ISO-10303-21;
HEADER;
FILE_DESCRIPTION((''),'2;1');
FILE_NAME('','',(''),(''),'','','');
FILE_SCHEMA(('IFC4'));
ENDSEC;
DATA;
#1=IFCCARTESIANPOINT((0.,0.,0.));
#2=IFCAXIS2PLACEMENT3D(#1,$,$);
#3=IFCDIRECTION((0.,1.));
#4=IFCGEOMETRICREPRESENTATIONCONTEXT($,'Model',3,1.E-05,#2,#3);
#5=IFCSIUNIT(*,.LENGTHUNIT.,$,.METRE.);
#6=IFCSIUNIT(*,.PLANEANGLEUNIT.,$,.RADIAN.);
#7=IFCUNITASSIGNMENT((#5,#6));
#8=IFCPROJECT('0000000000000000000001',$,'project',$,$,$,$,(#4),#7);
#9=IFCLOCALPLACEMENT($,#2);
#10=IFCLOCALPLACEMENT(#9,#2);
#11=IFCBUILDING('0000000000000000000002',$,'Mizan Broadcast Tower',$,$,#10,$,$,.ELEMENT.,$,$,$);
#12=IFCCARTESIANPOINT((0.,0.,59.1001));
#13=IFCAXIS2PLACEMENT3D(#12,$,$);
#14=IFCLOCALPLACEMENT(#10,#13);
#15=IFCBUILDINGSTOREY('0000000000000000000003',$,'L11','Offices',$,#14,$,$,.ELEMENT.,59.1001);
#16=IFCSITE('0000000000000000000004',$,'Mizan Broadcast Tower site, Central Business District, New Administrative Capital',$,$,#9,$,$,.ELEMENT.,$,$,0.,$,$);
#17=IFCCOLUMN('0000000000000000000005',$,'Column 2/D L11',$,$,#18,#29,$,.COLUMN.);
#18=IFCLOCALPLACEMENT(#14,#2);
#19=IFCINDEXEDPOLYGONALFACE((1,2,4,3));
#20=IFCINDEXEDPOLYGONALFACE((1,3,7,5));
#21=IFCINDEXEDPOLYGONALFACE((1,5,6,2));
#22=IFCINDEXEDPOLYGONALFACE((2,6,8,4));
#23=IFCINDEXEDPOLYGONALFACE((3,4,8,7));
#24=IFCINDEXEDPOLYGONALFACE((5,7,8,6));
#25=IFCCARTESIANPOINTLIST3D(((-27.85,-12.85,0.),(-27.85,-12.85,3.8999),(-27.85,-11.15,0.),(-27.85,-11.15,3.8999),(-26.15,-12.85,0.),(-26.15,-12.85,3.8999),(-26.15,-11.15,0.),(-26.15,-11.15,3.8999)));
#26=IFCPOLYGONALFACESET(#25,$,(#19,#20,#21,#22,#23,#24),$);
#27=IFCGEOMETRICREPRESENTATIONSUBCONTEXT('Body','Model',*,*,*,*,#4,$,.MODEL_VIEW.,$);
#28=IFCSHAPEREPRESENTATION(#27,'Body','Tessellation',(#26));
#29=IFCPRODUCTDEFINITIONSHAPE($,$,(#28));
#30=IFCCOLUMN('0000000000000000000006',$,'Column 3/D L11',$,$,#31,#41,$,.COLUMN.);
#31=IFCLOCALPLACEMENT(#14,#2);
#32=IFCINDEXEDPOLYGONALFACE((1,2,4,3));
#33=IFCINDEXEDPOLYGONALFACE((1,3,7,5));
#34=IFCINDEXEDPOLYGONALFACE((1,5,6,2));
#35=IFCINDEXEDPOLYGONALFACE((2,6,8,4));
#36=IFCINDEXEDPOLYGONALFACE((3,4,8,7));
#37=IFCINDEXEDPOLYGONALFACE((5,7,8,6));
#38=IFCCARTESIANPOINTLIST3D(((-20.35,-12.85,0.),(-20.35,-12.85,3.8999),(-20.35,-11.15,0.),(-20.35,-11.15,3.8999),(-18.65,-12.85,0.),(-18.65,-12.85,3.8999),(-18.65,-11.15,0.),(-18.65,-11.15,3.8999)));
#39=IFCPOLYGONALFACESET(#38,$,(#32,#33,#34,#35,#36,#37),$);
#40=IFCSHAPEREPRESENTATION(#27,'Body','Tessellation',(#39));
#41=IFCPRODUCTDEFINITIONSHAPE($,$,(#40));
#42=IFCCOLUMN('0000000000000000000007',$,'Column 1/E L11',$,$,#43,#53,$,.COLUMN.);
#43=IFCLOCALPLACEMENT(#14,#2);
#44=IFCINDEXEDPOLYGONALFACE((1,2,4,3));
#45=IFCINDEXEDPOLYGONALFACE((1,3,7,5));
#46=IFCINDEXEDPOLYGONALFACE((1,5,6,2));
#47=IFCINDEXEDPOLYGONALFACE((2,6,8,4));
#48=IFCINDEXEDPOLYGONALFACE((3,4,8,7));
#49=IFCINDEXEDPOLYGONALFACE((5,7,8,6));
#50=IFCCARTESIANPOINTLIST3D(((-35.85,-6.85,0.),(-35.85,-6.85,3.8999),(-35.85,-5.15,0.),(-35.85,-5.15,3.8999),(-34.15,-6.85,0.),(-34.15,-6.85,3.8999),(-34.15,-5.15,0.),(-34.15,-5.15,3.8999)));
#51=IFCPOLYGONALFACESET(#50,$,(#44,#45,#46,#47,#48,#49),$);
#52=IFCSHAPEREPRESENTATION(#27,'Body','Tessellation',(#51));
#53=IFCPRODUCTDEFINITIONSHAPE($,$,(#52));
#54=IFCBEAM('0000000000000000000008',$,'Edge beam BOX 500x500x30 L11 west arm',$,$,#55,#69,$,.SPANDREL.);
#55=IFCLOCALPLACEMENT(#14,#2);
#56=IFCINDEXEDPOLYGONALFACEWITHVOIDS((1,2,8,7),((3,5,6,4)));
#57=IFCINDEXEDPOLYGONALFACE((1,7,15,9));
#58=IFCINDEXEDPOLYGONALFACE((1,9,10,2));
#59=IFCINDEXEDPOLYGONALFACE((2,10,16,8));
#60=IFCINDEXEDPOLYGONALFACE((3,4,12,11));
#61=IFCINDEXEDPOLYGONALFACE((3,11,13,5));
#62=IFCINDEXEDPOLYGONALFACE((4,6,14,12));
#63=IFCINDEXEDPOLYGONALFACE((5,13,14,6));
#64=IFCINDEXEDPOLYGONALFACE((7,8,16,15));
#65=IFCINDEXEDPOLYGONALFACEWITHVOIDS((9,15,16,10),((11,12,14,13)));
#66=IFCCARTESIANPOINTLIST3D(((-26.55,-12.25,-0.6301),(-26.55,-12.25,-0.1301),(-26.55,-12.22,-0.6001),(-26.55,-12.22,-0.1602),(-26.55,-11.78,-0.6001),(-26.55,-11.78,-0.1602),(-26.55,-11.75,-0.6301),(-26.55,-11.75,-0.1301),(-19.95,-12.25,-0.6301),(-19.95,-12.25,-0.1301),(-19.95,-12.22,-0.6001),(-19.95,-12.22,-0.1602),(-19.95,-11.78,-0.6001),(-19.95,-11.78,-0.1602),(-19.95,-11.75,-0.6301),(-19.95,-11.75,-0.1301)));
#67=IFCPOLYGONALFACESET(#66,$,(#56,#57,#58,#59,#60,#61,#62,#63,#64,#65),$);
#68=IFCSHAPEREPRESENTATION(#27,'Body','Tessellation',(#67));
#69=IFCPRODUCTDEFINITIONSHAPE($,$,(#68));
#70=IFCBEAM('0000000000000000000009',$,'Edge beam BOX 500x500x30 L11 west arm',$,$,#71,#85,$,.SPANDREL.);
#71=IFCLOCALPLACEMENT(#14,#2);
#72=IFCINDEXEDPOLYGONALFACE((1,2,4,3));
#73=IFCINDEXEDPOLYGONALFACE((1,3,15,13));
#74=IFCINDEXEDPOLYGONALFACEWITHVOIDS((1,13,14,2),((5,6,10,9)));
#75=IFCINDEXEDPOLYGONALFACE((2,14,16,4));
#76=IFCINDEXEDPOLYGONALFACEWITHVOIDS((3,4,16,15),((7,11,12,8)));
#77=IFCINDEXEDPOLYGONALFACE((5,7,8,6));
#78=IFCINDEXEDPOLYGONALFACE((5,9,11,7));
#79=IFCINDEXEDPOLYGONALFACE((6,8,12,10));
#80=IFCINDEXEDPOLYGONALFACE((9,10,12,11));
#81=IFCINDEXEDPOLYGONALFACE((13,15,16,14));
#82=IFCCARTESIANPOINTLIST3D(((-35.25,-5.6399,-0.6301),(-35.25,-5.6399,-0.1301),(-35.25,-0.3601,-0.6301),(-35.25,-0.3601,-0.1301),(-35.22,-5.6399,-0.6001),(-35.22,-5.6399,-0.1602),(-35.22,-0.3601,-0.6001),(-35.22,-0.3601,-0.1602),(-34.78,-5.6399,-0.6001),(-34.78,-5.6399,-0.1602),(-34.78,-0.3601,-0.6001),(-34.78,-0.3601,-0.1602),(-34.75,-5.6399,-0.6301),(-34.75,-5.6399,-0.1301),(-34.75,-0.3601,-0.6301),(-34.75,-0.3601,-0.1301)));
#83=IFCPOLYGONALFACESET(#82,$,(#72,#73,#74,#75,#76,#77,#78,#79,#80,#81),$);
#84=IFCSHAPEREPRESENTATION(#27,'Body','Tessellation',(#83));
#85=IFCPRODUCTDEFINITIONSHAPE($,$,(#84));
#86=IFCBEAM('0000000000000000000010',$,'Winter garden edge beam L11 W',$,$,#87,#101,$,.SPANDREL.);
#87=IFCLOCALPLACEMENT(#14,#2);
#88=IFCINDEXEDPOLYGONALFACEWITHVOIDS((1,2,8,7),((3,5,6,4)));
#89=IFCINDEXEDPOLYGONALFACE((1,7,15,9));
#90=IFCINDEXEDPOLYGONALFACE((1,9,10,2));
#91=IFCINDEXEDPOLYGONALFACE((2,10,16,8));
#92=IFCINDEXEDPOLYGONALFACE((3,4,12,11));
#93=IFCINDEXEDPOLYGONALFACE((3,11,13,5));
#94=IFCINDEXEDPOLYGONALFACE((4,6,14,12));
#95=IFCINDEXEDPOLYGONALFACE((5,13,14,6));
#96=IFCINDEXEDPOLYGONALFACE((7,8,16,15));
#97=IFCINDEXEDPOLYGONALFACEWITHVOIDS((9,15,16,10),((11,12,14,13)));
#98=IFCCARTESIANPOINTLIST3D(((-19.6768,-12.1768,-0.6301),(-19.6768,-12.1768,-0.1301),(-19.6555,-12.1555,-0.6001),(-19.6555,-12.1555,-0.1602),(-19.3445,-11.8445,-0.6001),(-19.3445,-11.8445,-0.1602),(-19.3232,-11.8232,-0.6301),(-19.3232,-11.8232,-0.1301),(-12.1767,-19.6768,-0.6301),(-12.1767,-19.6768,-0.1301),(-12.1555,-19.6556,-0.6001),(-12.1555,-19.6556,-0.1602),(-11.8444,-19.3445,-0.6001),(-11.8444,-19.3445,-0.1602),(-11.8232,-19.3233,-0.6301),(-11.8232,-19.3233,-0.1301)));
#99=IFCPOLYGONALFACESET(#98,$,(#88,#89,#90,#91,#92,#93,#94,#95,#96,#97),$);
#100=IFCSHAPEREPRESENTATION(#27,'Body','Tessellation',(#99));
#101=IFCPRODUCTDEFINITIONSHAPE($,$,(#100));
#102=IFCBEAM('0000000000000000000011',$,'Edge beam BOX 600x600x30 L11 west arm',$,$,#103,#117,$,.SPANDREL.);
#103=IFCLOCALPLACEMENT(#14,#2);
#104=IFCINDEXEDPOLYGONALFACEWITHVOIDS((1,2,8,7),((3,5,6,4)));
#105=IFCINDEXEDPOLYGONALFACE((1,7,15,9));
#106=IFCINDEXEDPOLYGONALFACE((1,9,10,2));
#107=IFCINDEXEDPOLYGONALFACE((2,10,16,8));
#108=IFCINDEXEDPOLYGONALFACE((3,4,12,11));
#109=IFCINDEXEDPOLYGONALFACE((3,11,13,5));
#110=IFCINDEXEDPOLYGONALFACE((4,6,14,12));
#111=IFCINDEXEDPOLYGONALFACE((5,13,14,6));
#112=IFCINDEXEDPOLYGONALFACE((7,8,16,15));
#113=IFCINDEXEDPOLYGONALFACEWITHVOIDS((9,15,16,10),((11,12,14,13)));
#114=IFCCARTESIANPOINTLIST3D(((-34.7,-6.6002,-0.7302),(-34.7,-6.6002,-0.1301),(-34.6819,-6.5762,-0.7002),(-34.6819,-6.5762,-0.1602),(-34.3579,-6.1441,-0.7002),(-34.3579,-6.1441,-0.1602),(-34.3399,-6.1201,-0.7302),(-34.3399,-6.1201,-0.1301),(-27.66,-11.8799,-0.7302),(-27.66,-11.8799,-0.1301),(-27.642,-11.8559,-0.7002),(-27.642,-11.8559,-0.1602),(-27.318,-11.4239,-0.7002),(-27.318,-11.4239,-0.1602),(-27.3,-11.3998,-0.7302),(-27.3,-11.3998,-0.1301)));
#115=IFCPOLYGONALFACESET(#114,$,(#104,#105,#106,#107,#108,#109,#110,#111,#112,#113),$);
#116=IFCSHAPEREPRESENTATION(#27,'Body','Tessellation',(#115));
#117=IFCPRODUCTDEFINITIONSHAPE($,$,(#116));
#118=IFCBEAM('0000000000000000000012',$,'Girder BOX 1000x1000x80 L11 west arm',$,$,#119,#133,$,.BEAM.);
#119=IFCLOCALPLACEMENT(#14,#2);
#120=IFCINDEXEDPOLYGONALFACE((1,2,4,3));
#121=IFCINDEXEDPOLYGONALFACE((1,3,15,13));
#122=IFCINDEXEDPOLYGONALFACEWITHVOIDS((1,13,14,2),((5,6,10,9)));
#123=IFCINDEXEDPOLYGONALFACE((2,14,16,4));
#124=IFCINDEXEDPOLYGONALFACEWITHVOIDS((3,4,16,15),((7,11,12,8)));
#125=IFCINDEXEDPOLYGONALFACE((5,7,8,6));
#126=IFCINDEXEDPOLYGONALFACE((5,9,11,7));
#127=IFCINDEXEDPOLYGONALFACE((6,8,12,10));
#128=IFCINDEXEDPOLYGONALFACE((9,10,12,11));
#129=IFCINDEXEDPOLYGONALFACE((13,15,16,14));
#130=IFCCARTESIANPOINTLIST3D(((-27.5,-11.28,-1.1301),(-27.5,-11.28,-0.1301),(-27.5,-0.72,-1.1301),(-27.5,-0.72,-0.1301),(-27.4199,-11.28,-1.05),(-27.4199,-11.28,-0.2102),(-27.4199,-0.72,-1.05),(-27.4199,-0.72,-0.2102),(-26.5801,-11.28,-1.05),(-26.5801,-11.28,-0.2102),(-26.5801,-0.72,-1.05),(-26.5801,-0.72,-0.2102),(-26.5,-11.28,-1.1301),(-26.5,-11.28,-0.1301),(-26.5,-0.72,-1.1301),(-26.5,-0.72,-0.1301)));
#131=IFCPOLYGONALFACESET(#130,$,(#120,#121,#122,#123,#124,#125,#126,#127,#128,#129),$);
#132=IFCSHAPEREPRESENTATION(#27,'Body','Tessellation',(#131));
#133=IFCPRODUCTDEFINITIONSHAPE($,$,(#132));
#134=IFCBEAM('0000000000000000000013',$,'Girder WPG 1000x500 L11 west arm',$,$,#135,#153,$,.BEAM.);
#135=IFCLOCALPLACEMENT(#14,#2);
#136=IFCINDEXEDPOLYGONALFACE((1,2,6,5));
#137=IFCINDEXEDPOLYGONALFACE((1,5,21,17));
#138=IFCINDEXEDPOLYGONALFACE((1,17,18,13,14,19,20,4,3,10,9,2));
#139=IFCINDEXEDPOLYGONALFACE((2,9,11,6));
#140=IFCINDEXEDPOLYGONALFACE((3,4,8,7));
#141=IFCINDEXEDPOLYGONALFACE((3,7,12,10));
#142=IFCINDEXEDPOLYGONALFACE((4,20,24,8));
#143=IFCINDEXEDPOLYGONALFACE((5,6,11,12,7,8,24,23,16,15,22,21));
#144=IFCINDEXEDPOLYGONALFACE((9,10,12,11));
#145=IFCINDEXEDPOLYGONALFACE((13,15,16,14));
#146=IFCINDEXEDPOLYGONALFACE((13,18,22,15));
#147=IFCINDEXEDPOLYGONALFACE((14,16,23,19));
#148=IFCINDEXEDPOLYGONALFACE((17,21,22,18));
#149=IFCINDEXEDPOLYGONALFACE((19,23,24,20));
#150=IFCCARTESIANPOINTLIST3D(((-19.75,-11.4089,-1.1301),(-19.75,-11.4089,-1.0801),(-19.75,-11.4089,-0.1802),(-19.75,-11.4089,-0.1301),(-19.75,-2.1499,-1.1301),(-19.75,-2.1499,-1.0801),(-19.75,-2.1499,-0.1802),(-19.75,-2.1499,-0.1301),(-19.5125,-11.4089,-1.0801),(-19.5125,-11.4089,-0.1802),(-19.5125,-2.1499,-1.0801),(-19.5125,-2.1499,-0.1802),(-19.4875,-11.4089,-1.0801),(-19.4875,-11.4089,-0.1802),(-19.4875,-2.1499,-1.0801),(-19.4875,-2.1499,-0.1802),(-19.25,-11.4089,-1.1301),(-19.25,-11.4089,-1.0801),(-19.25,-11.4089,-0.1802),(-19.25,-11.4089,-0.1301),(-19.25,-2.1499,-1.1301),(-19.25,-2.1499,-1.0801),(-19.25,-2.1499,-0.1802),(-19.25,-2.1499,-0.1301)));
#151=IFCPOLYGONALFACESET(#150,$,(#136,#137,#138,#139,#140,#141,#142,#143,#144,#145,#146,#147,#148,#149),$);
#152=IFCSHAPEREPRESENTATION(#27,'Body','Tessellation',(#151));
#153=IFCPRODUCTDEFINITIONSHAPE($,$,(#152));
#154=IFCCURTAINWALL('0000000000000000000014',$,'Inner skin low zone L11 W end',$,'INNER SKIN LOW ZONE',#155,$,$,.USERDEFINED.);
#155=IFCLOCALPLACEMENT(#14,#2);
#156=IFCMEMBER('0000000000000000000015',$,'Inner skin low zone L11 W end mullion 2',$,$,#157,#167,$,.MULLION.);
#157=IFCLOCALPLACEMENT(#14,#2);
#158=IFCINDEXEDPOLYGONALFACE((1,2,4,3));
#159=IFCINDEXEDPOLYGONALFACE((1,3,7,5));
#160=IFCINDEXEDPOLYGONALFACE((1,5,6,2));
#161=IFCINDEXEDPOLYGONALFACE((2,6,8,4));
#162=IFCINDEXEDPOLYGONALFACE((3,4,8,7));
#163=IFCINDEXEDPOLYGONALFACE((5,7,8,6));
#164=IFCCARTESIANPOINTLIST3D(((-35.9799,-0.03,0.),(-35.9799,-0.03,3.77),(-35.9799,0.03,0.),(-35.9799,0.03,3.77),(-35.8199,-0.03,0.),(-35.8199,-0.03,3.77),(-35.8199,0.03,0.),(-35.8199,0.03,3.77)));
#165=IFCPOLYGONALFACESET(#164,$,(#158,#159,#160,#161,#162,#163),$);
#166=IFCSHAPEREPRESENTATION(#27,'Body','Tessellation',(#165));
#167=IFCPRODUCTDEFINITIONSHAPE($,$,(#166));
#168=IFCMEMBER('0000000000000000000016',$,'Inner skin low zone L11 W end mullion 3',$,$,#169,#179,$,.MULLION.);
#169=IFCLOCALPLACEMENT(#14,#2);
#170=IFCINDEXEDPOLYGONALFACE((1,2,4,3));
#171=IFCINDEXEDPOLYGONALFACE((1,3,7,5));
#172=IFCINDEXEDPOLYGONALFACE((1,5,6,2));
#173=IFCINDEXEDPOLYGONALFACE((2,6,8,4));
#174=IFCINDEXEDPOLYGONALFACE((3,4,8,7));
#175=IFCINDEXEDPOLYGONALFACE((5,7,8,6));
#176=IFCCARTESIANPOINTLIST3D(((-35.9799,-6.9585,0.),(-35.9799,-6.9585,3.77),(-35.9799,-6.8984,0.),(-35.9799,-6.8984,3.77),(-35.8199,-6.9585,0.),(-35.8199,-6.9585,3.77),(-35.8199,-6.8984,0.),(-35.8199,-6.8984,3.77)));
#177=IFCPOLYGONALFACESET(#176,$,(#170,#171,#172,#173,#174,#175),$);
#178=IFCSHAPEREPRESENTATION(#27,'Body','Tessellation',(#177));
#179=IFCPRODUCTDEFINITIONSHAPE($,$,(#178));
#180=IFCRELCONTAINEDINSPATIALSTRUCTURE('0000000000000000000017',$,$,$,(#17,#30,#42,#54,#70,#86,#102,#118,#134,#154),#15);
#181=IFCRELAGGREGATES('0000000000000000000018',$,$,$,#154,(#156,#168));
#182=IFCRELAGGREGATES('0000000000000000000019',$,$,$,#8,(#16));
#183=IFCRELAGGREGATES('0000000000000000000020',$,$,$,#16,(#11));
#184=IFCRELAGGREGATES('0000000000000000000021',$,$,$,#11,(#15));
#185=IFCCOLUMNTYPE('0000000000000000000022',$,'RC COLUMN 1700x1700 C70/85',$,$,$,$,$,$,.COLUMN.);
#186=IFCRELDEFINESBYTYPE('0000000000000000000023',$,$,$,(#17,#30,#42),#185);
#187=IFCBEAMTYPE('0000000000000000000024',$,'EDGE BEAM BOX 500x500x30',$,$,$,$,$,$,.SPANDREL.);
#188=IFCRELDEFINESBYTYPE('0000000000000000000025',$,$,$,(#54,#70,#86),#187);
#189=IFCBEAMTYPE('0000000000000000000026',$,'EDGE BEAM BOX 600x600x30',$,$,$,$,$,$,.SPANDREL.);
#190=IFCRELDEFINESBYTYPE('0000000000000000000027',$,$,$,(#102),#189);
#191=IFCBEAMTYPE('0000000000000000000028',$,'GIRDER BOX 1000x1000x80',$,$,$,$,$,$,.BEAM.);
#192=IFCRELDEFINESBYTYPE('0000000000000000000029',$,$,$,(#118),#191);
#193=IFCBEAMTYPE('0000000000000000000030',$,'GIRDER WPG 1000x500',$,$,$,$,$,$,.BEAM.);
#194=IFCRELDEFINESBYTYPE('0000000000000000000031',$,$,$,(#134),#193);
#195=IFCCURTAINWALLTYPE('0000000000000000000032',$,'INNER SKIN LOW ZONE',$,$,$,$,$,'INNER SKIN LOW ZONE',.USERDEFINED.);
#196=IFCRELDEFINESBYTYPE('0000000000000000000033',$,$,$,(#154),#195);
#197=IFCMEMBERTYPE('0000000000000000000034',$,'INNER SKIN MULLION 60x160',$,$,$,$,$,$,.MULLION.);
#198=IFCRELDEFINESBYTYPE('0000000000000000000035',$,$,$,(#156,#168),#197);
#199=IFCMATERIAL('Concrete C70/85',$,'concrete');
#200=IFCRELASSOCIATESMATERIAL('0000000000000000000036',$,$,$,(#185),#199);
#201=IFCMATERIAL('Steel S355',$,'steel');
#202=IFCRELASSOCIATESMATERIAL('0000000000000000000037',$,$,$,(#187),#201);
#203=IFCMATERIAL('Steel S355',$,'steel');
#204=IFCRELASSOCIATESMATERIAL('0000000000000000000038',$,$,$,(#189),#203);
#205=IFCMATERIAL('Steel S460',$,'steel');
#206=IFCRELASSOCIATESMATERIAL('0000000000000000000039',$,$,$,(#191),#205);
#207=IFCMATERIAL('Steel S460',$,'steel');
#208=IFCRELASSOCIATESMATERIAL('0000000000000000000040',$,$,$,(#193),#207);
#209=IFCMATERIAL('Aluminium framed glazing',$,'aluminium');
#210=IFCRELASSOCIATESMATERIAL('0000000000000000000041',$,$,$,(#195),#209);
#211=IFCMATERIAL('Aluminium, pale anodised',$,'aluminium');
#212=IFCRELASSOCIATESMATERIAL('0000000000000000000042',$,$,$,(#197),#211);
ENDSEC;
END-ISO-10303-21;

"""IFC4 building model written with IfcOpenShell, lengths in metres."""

from ifc_helpers import new_model, si_unit, direction, frame, origin, origin_2d, place, context, subcontext, project, spatial, rectangle, hollow_rectangle, i_section, extrude, material, material_profile, profile_set, type_object, element, aggregate, save


model = new_model("IFC4")

# Units and contexts
model_context = context("Model", 3, precision=1e-05, world=origin(), true_north=direction((0.0, 1.0)))
body_context = subcontext(model_context, "Body", "Model", "MODEL_VIEW")
ifc_project = project(units=[si_unit("LENGTHUNIT", "METRE"), si_unit("PLANEANGLEUNIT", "RADIAN")], contexts=[model_context])

# Site, building, storey
site_placement = place(None, origin())
site = spatial("IfcSite", under=ifc_project, at=site_placement, Name="Mizan Broadcast Tower site, Central Business District, New Administrative Capital", CompositionType="ELEMENT", RefElevation=0.0)
building_placement = place(site_placement, origin())
building = spatial("IfcBuilding", under=site, at=building_placement, Name="Mizan Broadcast Tower", CompositionType="ELEMENT")
storey_placement = place(building_placement, frame((0.0, 0.0, 59.1001)))
storey = spatial("IfcBuildingStorey", under=building, at=storey_placement, Name="L11", Description="Offices", CompositionType="ELEMENT", Elevation=59.1001)

# Columns
ifc_material_1 = material(Name="Concrete C70/85", Category="concrete")
ifc_material_profile_1 = material_profile(ifc_material_1, rectangle(XDim=1.7, YDim=1.7, at=origin_2d()), Name="RC 1700x1700")
ifc_profile_set_1 = profile_set([ifc_material_profile_1], Name="Concrete C70/85")
column_type = type_object("IfcColumnType", Name="RC COLUMN 1700x1700 C70/85", PredefinedType="COLUMN", material=ifc_profile_set_1)
for number, where, z_axis, x_axis, name in (
    (1, (-27.0, -12.0, 0.0), (0.0, 0.0, 1.0), (1.0, 0.0, 0.0), "Column 2/D L11"),
    (2, (-19.5, -12.0, 0.0), (0.0, 0.0, 1.0), (1.0, 0.0, 0.0), "Column 3/D L11"),
    (3, (-35.0, -6.0, 0.0), (0.0, 0.0, 1.0), (1.0, 0.0, 0.0), "Column 1/E L11"),
):
    element("IfcColumn", number, at=place(storey_placement, frame(where, z_axis=z_axis, x_axis=x_axis)), inside=storey, type_object=column_type, Name=name, PredefinedType="COLUMN", context=body_context, shape_type="SweptSolid", body=[
        extrude(rectangle(XDim=1.7, YDim=1.7, at=origin_2d()), origin(), (0.0, 0.0, 1.0), 3.8999),
    ])

# Beams
ifc_material_2 = material(Name="Steel S355", Category="steel")
ifc_material_profile_2 = material_profile(ifc_material_2, hollow_rectangle(XDim=0.5, YDim=0.5, WallThickness=0.03, at=origin_2d()), Name="BOX 500x500x30")
ifc_profile_set_2 = profile_set([ifc_material_profile_2], Name="Steel S355")
beam_type_1 = type_object("IfcBeamType", Name="EDGE BEAM BOX 500x500x30", PredefinedType="SPANDREL", material=ifc_profile_set_2)
beam_1_placement = place(storey_placement, frame((-19.95, -12.0, -0.3801), z_axis=(-1.0, 0.0, 0.0), x_axis=(0.0, -1.0, 0.0)))
element("IfcBeam", 4, at=beam_1_placement, inside=storey, type_object=beam_type_1, Name="Edge beam BOX 500x500x30 L11 west arm", PredefinedType="SPANDREL", context=body_context, shape_type="SweptSolid", body=[
    extrude(hollow_rectangle(XDim=0.5, YDim=0.5, WallThickness=0.03, at=origin_2d()), origin(), (0.0, 0.0, 1.0), 6.6001),
])
beam_2_placement = place(storey_placement, frame((-35.0, -5.6399, -0.3801), z_axis=(0.0, 1.0, 0.0), x_axis=(-1.0, 0.0, 0.0)))
element("IfcBeam", 5, at=beam_2_placement, inside=storey, type_object=beam_type_1, Name="Edge beam BOX 500x500x30 L11 west arm", PredefinedType="SPANDREL", context=body_context, shape_type="SweptSolid", body=[
    extrude(hollow_rectangle(XDim=0.5, YDim=0.5, WallThickness=0.03, at=origin_2d()), origin(), (0.0, 0.0, 1.0), 5.2798),
])
beam_3_placement = place(storey_placement, frame((-19.5, -12.0, -0.3801), z_axis=(0.707107, -0.707107, 0.0), x_axis=(0.707107, 0.707107, 0.0)))
element("IfcBeam", 6, at=beam_3_placement, inside=storey, type_object=beam_type_1, Name="Winter garden edge beam L11 W", PredefinedType="SPANDREL", context=body_context, shape_type="SweptSolid", body=[
    extrude(hollow_rectangle(XDim=0.5, YDim=0.5, WallThickness=0.03, at=origin_2d()), origin(), (0.0, 0.0, 1.0), 10.6067),
])
ifc_material_3 = material(Name="Steel S355", Category="steel")
ifc_material_profile_3 = material_profile(ifc_material_3, hollow_rectangle(XDim=0.6001, YDim=0.6001, WallThickness=0.03, at=origin_2d()), Name="BOX 600x600x30")
ifc_profile_set_3 = profile_set([ifc_material_profile_3], Name="Steel S355")
beam_type_2 = type_object("IfcBeamType", Name="EDGE BEAM BOX 600x600x30", PredefinedType="SPANDREL", material=ifc_profile_set_3)
beam_4_placement = place(storey_placement, frame((-27.48, -11.6399, -0.4302), z_axis=(-0.800013, 0.599982, 0.0), x_axis=(-0.599982, -0.800013, 0.0)))
element("IfcBeam", 7, at=beam_4_placement, inside=storey, type_object=beam_type_2, Name="Edge beam BOX 600x600x30 L11 west arm", PredefinedType="SPANDREL", context=body_context, shape_type="SweptSolid", body=[
    extrude(hollow_rectangle(XDim=0.6001, YDim=0.6001, WallThickness=0.03, at=origin_2d()), origin(), (0.0, 0.0, 1.0), 8.7998),
])
ifc_material_4 = material(Name="Steel S460", Category="steel")
ifc_material_profile_4 = material_profile(ifc_material_4, hollow_rectangle(XDim=1.0, YDim=1.0, WallThickness=0.0801, at=origin_2d()), Name="BOX 1000x1000x80")
ifc_profile_set_4 = profile_set([ifc_material_profile_4], Name="Steel S460")
beam_type_3 = type_object("IfcBeamType", Name="GIRDER BOX 1000x1000x80", PredefinedType="BEAM", material=ifc_profile_set_4)
beam_5_placement = place(storey_placement, frame((-27.0, -11.28, -0.6301), z_axis=(0.0, 1.0, 0.0), x_axis=(-1.0, 0.0, 0.0)))
element("IfcBeam", 8, at=beam_5_placement, inside=storey, type_object=beam_type_3, Name="Girder BOX 1000x1000x80 L11 west arm", PredefinedType="BEAM", context=body_context, shape_type="SweptSolid", body=[
    extrude(hollow_rectangle(XDim=1.0, YDim=1.0, WallThickness=0.0801, at=origin_2d()), origin(), (0.0, 0.0, 1.0), 10.5601),
])
ifc_material_5 = material(Name="Steel S460", Category="steel")
ifc_material_profile_5 = material_profile(ifc_material_5, i_section(OverallWidth=0.5, OverallDepth=1.0, WebThickness=0.0249, FlangeThickness=0.05, at=origin_2d()), Name="WPG 1000x500")
ifc_profile_set_5 = profile_set([ifc_material_profile_5], Name="Steel S460")
beam_type_4 = type_object("IfcBeamType", Name="GIRDER WPG 1000x500", PredefinedType="BEAM", material=ifc_profile_set_5)
beam_6_placement = place(storey_placement, frame((-19.5, -11.4089, -0.6301), z_axis=(0.0, 1.0, 0.0), x_axis=(-1.0, 0.0, 0.0)))
element("IfcBeam", 9, at=beam_6_placement, inside=storey, type_object=beam_type_4, Name="Girder WPG 1000x500 L11 west arm", PredefinedType="BEAM", context=body_context, shape_type="SweptSolid", body=[
    extrude(i_section(OverallWidth=0.5, OverallDepth=1.0, WebThickness=0.0249, FlangeThickness=0.05, at=origin_2d()), origin(), (0.0, 0.0, 1.0), 9.259),
])

# Curtain wall, members
ifc_material_6 = material(Name="Aluminium framed glazing", Category="aluminium")
curtain_wall_type_1 = type_object("IfcCurtainWallType", Name="INNER SKIN LOW ZONE", ElementType="INNER SKIN LOW ZONE", PredefinedType="USERDEFINED", material=ifc_material_6)
curtain_wall_1_placement = place(storey_placement, origin())
curtain_wall_1 = element("IfcCurtainWall", 10, at=curtain_wall_1_placement, inside=storey, type_object=curtain_wall_type_1, Name="Inner skin low zone L11 W end", ObjectType="INNER SKIN LOW ZONE", PredefinedType="USERDEFINED")
ifc_material_7 = material(Name="Aluminium, pale anodised", Category="aluminium")
ifc_material_profile_6 = material_profile(ifc_material_7, rectangle(XDim=0.1599, YDim=0.0601, at=origin_2d()), Name="MULLION 160x60")
ifc_profile_set_6 = profile_set([ifc_material_profile_6], Name="Aluminium, pale anodised")
member_type_1 = type_object("IfcMemberType", Name="INNER SKIN MULLION 60x160", PredefinedType="MULLION", material=ifc_profile_set_6)
member_1_placement = place(storey_placement, frame((-35.8999, 0.0, 0.0), z_axis=(0.0, 0.0, 1.0), x_axis=(1.0, 0.0, 0.0)))
member_1 = element("IfcMember", 11, at=member_1_placement, type_object=member_type_1, Name="Inner skin low zone L11 W end mullion 2", PredefinedType="MULLION", context=body_context, shape_type="SweptSolid", body=[
    extrude(rectangle(XDim=0.1599, YDim=0.0601, at=origin_2d()), origin(), (0.0, 0.0, 1.0), 3.77),
])
member_2_placement = place(storey_placement, frame((-35.8999, -6.9285, 0.0), z_axis=(0.0, 0.0, 1.0), x_axis=(1.0, 0.0, 0.0)))
member_2 = element("IfcMember", 12, at=member_2_placement, type_object=member_type_1, Name="Inner skin low zone L11 W end mullion 3", PredefinedType="MULLION", context=body_context, shape_type="SweptSolid", body=[
    extrude(rectangle(XDim=0.1599, YDim=0.0601, at=origin_2d()), origin(), (0.0, 0.0, 1.0), 3.77),
])

aggregate(curtain_wall_1, [member_1, member_2])

save(model, "model.ifc")
